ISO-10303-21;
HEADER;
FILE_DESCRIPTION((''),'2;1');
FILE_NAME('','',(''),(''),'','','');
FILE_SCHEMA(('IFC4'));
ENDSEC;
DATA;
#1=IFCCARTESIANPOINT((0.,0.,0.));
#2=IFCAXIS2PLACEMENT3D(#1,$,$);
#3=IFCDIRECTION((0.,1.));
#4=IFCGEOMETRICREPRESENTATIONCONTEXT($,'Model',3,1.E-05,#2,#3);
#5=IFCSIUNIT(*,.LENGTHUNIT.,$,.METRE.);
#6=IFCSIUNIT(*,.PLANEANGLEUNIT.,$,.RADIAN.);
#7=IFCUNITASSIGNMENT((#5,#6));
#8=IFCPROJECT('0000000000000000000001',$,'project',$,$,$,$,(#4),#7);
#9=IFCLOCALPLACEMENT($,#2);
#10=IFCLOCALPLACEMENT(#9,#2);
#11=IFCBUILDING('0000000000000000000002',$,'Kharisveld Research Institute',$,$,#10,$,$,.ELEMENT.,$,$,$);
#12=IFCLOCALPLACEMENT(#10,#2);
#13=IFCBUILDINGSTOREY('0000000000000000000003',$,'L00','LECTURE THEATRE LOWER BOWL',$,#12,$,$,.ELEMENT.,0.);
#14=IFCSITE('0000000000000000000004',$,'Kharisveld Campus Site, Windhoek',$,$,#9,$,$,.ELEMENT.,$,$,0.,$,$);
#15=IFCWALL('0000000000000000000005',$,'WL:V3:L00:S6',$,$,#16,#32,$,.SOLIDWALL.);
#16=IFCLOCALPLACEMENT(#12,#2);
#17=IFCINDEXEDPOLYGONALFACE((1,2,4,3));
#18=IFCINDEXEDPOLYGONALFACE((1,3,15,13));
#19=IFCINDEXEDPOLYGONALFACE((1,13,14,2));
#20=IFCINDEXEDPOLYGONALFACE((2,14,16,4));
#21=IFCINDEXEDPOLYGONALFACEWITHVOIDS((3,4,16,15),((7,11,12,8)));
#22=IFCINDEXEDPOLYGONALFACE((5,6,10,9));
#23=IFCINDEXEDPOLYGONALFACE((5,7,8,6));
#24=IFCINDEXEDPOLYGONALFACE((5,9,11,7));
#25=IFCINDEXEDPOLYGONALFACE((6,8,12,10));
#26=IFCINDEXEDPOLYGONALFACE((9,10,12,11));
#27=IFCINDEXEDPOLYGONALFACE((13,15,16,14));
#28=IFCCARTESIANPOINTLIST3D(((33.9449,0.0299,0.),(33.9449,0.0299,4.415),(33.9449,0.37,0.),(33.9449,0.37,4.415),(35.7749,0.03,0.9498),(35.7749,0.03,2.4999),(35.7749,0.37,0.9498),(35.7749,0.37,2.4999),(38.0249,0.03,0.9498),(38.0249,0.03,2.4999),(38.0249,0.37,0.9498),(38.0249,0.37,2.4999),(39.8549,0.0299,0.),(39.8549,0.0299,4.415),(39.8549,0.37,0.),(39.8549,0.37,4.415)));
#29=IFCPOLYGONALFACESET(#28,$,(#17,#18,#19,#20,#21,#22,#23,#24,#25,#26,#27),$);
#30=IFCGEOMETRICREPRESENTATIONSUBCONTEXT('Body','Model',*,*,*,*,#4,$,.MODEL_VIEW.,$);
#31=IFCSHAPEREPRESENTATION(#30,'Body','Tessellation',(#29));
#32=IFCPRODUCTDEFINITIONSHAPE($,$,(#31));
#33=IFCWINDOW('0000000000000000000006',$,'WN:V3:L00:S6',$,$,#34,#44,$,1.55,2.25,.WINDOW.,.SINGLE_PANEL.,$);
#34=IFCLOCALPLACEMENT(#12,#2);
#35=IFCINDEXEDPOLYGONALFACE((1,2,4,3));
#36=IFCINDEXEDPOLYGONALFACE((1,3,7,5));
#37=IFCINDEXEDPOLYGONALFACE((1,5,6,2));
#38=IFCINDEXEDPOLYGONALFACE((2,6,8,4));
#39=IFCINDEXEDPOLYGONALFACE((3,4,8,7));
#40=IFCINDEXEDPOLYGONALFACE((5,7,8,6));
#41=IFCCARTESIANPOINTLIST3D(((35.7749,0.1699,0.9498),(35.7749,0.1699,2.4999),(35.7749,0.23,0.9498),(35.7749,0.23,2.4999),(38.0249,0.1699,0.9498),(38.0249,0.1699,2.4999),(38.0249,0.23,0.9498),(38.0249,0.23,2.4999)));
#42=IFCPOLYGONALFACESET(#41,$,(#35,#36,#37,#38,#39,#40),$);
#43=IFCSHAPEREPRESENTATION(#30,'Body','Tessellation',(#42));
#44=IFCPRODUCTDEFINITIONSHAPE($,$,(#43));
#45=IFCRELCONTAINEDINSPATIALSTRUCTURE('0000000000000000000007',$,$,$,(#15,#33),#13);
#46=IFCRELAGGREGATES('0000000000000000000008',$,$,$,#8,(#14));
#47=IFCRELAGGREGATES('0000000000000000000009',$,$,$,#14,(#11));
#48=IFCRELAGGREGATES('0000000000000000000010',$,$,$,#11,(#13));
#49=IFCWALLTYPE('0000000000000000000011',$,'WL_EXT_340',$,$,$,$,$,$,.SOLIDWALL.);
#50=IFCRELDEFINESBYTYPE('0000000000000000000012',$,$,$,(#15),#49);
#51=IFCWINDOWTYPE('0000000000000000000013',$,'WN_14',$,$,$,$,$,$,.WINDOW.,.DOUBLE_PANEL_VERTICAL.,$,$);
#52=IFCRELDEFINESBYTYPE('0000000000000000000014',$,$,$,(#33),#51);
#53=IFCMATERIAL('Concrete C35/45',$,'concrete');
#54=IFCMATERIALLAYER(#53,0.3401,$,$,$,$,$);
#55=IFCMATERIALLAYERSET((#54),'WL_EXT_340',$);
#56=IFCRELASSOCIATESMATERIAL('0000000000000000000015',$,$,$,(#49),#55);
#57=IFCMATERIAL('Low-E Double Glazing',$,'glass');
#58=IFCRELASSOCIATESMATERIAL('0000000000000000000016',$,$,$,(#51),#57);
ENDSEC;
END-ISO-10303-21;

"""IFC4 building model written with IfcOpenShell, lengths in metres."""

from ifc_helpers import new_model, si_unit, direction, frame, frame_2d, origin, place, context, subcontext, project, spatial, rectangle, extrude, material, layer, layer_set, type_object, element, fill, save


model = new_model("IFC4")

# Units and contexts
model_context = context("Model", 3, precision=1e-05, world=origin(), true_north=direction((0.0, 1.0)))
body_context = subcontext(model_context, "Body", "Model", "MODEL_VIEW")
ifc_project = project(units=[si_unit("LENGTHUNIT", "METRE"), si_unit("PLANEANGLEUNIT", "RADIAN")], contexts=[model_context])

# Site, building, storey
site_placement = place(None, origin())
site = spatial("IfcSite", under=ifc_project, at=site_placement, Name="Kharisveld Campus Site, Windhoek", CompositionType="ELEMENT", RefElevation=0.0)
building_placement = place(site_placement, origin())
building = spatial("IfcBuilding", under=site, at=building_placement, Name="Kharisveld Research Institute", CompositionType="ELEMENT")
storey_placement = place(building_placement, origin())
storey = spatial("IfcBuildingStorey", under=building, at=storey_placement, Name="L00", Description="LECTURE THEATRE LOWER BOWL", CompositionType="ELEMENT", Elevation=0.0)

# Shared definitions
ifc_material_1 = material(Name="Concrete C35/45", Category="concrete")
ifc_layer_1 = layer(ifc_material_1, 0.3401)
ifc_layer_set_1 = layer_set([ifc_layer_1], Name="WL_EXT_340")
wall_type_1 = type_object("IfcWallType", Name="WL_EXT_340", PredefinedType="SOLIDWALL", material=ifc_layer_set_1)

# Wall, opening, window
wall_1_placement = place(storey_placement, frame((39.855, 0.2, 0.0), z_axis=(0.0, 0.0, 1.0), x_axis=(-1.0, 0.0, 0.0)))
wall_1 = element("IfcWall", 1, at=wall_1_placement, inside=storey, type_object=wall_type_1, Name="WL:V3:L00:S6", PredefinedType="SOLIDWALL", context=body_context, shape_type="SweptSolid", body=[
    extrude(rectangle(XDim=5.9099, YDim=0.3401, at=frame_2d((2.9551, 0.0))), origin(), (0.0, 0.0, 1.0), 4.415),
])
opening_1_placement = place(wall_1_placement, frame((1.8301, 0.0, 0.95)))
opening_1 = element("IfcOpeningElement", 2, at=opening_1_placement, cuts=wall_1, PredefinedType="OPENING", context=body_context, shape_type="SweptSolid", body=[
    extrude(rectangle(XDim=2.25, YDim=1.55, at=frame_2d((1.125, 0.7749))), frame((0.0, 0.1699, 0.0), z_axis=(0.0, -1.0, 0.0), x_axis=(1.0, 0.0, 0.0)), (0.0, 0.0, 1.0), 0.3401),
])
ifc_material_2 = material(Name="Low-E Double Glazing", Category="glass")
window_type_1 = type_object("IfcWindowType", Name="WN_14", PartitioningType="DOUBLE_PANEL_VERTICAL", PredefinedType="WINDOW", material=ifc_material_2)
window_1_placement = place(opening_1_placement, origin())
window_1 = element("IfcWindow", 3, at=window_1_placement, inside=storey, type_object=window_type_1, Name="WN:V3:L00:S6", OverallHeight=1.55, OverallWidth=2.25, PartitioningType="SINGLE_PANEL", PredefinedType="WINDOW", context=body_context, shape_type="SweptSolid", body=[
    extrude(rectangle(XDim=2.25, YDim=1.55, at=frame_2d((1.125, 0.7749))), frame((0.0, 0.03, 0.0), z_axis=(0.0, -1.0, 0.0), x_axis=(1.0, 0.0, 0.0)), (0.0, 0.0, 1.0), 0.0601),
])
fill(opening_1, window_1)

save(model, "model.ifc")
